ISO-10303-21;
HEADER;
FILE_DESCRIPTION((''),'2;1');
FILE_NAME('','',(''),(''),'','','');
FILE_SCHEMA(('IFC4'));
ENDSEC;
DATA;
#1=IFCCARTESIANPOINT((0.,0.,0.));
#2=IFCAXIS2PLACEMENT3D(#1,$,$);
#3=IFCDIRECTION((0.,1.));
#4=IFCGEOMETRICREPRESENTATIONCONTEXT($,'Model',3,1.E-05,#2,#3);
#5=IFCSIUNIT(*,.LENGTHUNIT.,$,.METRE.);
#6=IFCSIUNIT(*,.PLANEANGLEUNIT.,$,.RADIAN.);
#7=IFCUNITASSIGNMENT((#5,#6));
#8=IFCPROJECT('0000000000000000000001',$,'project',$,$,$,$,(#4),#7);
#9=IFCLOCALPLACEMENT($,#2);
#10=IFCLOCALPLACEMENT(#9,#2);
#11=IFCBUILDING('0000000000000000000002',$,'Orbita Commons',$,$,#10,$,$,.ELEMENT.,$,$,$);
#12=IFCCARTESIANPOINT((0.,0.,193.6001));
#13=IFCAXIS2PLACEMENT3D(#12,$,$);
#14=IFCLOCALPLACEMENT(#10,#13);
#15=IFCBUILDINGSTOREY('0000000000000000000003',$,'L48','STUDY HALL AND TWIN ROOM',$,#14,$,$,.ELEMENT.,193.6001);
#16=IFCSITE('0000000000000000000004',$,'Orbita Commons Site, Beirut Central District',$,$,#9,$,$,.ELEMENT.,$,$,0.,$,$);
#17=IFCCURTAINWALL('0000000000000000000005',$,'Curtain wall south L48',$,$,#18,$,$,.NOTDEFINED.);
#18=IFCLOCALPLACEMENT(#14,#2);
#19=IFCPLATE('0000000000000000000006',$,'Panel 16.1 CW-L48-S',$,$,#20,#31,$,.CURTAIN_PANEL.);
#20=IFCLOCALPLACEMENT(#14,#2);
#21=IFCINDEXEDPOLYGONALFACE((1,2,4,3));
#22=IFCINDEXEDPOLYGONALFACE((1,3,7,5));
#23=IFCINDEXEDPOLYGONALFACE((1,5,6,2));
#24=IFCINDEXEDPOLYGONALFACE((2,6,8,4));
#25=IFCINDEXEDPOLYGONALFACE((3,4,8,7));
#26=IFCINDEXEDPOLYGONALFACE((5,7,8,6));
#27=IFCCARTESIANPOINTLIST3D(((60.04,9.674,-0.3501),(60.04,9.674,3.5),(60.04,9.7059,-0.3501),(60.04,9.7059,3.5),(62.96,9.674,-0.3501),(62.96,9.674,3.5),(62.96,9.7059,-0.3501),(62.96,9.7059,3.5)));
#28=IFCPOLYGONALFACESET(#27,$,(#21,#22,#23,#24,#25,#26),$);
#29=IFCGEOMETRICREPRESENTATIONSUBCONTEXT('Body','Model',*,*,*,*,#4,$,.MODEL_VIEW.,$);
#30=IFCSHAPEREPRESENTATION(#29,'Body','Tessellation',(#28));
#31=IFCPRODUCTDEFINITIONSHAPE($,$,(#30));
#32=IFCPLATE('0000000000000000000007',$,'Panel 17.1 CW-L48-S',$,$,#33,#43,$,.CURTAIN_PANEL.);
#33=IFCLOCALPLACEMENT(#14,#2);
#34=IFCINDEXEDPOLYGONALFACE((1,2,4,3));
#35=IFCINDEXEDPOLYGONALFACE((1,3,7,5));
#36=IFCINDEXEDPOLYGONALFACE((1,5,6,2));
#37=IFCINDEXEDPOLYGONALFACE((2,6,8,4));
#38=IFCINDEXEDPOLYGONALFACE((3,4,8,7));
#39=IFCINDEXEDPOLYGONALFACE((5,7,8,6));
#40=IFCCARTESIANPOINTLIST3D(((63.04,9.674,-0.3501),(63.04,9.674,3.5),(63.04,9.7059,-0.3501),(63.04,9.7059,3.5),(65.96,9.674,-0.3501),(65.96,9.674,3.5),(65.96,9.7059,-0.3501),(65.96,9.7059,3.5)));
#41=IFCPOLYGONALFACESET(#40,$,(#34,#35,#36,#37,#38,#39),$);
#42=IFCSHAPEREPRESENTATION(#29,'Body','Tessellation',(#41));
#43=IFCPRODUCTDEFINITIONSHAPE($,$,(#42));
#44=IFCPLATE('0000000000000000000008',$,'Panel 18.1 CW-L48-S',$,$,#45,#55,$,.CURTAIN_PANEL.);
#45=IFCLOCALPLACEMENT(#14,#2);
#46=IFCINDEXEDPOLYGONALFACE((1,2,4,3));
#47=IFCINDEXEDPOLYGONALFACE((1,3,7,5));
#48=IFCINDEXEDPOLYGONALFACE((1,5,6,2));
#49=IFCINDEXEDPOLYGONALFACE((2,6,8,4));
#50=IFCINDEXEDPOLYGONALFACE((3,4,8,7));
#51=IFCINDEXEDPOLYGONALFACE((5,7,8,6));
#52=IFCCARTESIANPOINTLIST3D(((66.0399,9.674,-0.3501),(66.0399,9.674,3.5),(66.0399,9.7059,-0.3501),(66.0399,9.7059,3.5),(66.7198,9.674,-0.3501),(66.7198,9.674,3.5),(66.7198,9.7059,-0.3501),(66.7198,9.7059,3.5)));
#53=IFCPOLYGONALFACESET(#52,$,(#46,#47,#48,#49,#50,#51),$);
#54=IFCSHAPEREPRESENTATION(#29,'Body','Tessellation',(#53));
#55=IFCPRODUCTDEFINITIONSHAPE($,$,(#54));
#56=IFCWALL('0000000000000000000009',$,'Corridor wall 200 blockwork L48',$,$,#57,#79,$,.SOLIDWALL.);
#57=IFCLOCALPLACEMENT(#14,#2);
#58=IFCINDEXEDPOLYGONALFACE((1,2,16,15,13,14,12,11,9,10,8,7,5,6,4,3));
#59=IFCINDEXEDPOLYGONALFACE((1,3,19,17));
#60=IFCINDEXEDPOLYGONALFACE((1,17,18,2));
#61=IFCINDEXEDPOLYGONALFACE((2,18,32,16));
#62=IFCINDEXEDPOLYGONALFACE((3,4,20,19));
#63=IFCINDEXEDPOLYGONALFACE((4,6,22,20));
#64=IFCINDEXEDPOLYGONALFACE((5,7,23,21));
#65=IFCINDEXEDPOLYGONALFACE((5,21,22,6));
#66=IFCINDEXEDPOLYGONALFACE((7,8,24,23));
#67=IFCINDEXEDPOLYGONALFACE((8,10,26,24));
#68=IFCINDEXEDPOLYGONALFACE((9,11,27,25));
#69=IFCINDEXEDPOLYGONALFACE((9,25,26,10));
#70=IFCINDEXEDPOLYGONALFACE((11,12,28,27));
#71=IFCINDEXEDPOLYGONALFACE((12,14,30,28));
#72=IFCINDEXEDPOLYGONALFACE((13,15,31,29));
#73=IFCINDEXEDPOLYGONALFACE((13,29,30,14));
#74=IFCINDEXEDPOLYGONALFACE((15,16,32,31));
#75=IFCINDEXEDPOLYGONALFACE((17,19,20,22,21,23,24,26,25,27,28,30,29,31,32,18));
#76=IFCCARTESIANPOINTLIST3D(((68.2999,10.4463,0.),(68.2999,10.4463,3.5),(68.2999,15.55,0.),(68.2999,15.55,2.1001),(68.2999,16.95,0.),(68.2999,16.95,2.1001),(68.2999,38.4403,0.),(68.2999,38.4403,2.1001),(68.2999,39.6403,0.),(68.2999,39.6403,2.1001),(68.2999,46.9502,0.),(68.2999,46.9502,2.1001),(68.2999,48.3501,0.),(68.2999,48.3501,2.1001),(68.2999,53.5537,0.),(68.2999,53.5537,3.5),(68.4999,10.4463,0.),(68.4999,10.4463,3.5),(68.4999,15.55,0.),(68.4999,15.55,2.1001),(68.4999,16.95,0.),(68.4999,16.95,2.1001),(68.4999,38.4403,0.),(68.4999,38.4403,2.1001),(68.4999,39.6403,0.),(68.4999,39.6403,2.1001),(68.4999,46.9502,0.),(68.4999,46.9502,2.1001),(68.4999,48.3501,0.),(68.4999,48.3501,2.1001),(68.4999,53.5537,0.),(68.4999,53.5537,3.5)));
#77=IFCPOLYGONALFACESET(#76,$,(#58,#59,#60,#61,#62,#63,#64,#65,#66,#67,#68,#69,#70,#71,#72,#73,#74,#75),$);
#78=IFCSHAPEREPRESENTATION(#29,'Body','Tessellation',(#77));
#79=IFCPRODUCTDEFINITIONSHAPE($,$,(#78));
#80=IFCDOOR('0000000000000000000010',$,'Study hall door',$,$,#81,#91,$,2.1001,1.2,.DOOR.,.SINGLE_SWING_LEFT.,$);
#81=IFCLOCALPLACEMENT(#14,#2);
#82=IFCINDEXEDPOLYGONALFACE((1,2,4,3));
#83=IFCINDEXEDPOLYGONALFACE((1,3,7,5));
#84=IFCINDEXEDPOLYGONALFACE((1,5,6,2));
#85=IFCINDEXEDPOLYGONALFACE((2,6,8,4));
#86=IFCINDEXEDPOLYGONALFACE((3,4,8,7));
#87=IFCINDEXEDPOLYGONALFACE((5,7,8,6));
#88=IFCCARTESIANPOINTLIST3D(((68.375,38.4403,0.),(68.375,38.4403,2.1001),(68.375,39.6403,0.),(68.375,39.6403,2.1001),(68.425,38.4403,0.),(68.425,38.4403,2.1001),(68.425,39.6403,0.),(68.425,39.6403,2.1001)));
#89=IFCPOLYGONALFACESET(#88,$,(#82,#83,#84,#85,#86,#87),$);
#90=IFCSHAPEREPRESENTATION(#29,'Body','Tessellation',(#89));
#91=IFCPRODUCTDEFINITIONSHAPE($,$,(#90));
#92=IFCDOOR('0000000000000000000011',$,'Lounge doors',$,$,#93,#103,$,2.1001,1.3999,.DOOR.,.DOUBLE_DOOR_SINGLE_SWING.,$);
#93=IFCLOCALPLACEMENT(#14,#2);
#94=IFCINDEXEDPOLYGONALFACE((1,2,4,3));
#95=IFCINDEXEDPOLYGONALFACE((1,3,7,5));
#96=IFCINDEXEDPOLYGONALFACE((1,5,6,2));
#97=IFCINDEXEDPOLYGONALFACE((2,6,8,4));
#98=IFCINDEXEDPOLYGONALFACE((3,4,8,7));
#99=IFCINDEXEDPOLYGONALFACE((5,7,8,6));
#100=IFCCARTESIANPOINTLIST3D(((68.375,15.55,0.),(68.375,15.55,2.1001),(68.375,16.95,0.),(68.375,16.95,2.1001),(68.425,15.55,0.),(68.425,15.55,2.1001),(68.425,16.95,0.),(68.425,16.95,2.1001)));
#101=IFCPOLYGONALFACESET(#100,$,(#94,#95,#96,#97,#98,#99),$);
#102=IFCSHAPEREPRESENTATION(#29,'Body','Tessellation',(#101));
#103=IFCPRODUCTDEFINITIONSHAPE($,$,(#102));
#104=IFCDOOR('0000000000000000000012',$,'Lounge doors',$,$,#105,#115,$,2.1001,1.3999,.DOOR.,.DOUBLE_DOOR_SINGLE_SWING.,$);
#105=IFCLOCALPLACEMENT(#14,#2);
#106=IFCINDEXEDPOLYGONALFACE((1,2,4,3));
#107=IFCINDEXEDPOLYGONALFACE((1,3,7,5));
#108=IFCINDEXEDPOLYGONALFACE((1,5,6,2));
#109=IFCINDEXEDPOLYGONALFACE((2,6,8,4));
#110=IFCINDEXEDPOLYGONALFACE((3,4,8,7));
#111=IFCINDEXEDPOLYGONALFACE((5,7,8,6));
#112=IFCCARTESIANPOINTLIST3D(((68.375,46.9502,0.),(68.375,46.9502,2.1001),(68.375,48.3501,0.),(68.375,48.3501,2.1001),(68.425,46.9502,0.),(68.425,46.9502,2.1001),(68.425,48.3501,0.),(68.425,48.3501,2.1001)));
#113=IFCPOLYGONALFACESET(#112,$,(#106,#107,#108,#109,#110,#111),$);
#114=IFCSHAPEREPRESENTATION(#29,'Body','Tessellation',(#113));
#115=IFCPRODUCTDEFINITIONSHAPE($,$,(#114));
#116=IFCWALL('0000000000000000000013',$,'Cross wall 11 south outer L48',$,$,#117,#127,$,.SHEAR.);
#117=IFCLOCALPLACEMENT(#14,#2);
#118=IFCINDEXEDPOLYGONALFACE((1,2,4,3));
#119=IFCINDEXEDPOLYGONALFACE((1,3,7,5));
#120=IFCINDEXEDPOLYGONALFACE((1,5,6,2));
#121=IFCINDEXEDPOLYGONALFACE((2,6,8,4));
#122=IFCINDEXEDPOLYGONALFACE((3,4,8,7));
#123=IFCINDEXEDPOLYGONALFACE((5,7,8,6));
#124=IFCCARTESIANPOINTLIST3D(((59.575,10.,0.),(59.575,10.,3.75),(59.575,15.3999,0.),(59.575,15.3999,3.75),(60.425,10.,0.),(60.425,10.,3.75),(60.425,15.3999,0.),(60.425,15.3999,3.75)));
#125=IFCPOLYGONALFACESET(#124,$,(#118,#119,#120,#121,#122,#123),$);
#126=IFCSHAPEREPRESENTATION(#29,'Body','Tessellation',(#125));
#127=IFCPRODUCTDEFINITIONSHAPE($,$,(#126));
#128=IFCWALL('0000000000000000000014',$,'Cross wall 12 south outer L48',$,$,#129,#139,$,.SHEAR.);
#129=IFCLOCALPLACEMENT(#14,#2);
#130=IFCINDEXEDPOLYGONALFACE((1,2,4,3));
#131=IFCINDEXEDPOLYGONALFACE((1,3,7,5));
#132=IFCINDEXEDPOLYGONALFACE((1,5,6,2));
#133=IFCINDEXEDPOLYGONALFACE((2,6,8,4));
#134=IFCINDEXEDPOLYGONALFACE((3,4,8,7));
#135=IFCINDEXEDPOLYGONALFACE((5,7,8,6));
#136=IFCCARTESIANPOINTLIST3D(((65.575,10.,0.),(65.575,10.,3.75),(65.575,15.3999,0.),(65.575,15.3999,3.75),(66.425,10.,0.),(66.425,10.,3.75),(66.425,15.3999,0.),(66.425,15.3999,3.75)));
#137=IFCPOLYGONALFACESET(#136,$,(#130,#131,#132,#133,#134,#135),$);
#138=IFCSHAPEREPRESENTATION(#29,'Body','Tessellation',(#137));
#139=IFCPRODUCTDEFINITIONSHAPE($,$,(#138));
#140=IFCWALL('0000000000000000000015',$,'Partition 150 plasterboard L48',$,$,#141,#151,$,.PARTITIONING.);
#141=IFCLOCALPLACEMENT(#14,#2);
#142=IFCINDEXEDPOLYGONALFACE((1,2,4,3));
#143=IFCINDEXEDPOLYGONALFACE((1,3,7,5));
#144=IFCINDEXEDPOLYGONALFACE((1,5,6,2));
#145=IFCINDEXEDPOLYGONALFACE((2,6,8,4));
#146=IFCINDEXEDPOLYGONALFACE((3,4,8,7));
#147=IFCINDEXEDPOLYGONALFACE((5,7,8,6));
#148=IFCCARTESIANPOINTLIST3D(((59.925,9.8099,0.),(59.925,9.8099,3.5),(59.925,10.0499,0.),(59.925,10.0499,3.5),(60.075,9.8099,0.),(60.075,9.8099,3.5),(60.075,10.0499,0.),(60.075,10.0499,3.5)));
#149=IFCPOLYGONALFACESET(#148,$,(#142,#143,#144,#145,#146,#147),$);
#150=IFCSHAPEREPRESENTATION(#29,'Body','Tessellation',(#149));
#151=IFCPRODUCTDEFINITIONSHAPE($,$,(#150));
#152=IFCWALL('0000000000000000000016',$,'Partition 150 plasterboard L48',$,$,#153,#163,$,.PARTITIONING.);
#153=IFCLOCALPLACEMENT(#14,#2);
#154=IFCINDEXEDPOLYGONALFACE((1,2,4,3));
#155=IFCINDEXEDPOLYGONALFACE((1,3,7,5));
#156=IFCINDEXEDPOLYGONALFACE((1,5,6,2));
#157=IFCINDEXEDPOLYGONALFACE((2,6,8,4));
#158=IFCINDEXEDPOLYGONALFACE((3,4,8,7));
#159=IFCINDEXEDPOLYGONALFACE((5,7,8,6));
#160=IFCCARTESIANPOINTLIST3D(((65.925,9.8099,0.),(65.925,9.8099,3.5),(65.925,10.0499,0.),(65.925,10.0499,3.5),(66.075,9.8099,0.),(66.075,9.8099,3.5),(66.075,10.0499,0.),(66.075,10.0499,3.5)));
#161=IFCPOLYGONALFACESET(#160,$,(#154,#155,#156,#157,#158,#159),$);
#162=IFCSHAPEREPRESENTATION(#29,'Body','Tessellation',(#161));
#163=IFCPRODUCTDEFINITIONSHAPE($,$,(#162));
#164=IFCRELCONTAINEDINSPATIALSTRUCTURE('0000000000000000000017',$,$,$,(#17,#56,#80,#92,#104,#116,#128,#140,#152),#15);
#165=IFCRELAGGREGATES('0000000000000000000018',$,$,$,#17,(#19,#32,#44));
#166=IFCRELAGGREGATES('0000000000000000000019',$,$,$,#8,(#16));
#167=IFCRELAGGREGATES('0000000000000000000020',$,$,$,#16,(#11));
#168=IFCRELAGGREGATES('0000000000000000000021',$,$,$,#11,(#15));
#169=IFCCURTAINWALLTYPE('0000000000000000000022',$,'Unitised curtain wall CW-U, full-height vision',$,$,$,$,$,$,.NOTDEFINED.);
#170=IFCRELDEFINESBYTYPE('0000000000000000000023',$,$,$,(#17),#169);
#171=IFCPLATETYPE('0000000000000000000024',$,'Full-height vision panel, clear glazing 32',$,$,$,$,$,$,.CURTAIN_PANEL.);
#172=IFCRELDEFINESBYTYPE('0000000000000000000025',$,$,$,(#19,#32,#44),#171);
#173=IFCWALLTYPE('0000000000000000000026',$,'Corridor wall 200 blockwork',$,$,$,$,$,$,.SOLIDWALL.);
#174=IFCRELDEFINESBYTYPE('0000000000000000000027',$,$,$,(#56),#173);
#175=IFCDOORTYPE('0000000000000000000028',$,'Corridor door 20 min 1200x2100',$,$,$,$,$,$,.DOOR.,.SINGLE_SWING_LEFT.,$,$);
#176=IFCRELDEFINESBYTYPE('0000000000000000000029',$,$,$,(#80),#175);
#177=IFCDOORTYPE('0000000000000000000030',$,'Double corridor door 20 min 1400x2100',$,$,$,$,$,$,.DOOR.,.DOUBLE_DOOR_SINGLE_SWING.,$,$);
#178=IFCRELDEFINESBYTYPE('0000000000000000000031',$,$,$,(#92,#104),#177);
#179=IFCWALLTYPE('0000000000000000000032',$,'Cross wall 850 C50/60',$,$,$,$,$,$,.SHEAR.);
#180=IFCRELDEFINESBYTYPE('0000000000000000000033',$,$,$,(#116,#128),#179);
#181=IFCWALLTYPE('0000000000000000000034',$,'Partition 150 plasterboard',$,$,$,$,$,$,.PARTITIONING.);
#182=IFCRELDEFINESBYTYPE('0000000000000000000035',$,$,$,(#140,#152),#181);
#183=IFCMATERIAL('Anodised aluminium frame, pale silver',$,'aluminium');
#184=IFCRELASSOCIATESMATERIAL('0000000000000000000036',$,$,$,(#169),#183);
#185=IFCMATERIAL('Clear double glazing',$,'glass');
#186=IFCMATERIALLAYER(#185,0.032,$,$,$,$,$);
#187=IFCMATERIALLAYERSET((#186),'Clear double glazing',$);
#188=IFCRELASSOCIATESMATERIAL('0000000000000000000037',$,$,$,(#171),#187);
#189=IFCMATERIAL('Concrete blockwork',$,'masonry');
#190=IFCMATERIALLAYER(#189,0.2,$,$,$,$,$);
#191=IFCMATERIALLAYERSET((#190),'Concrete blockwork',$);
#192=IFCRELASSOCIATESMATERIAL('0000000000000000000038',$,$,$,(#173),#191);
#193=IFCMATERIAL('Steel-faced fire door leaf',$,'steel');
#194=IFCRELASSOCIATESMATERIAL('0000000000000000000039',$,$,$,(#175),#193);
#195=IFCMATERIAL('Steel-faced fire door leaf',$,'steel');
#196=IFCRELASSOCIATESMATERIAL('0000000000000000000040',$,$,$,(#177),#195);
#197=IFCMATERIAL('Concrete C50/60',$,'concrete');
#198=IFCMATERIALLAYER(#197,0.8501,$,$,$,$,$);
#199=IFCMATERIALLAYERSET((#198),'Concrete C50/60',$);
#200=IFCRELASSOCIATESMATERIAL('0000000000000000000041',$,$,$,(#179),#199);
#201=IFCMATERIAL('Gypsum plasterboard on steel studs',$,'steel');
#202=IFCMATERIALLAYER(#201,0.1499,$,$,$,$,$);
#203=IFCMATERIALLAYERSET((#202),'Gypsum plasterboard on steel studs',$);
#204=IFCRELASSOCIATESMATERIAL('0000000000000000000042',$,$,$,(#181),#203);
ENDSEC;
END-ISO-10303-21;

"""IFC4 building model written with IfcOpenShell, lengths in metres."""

from ifc_helpers import new_model, si_unit, direction, frame, frame_2d, origin, origin_2d, place, context, subcontext, project, spatial, rectangle, extrude, material, layer, layer_set, type_object, element, fill, aggregate, save


model = new_model("IFC4")

# Units and contexts
model_context = context("Model", 3, precision=1e-05, world=origin(), true_north=direction((0.0, 1.0)))
body_context = subcontext(model_context, "Body", "Model", "MODEL_VIEW")
ifc_project = project(units=[si_unit("LENGTHUNIT", "METRE"), si_unit("PLANEANGLEUNIT", "RADIAN")], contexts=[model_context])

# Site, building, storey
site_placement = place(None, origin())
site = spatial("IfcSite", under=ifc_project, at=site_placement, Name="Orbita Commons Site, Beirut Central District", CompositionType="ELEMENT", RefElevation=0.0)
building_placement = place(site_placement, origin())
building = spatial("IfcBuilding", under=site, at=building_placement, Name="Orbita Commons", CompositionType="ELEMENT")
storey_placement = place(building_placement, frame((0.0, 0.0, 193.6001)))
storey = spatial("IfcBuildingStorey", under=building, at=storey_placement, Name="L48", Description="STUDY HALL AND TWIN ROOM", CompositionType="ELEMENT", Elevation=193.6001)

# Curtain wall
ifc_material_1 = material(Name="Anodised aluminium frame, pale silver", Category="aluminium")
curtain_wall_type = type_object("IfcCurtainWallType", Name="Unitised curtain wall CW-U, full-height vision", PredefinedType="NOTDEFINED", material=ifc_material_1)
curtain_wall_placement = place(storey_placement, origin())
curtain_wall = element("IfcCurtainWall", 1, at=curtain_wall_placement, inside=storey, type_object=curtain_wall_type, Name="Curtain wall south L48", PredefinedType="NOTDEFINED")

# Plates
ifc_material_2 = material(Name="Clear double glazing", Category="glass")
ifc_layer_1 = layer(ifc_material_2, 0.032)
ifc_layer_set_1 = layer_set([ifc_layer_1], Name="Clear double glazing")
plate_type = type_object("IfcPlateType", Name="Full-height vision panel, clear glazing 32", PredefinedType="CURTAIN_PANEL", material=ifc_layer_set_1)
plate_1_placement = place(storey_placement, frame((61.5, 9.6899, -0.3501), z_axis=(0.0, 0.0, 1.0), x_axis=(1.0, 0.0, 0.0)))
plate_1 = element("IfcPlate", 2, at=plate_1_placement, type_object=plate_type, Name="Panel 16.1 CW-L48-S", PredefinedType="CURTAIN_PANEL", context=body_context, shape_type="SweptSolid", body=[
    extrude(rectangle(XDim=2.9199, YDim=0.032, at=origin_2d()), origin(), (0.0, 0.0, 1.0), 3.8501),
])
plate_2_placement = place(storey_placement, frame((64.5, 9.6899, -0.3501), z_axis=(0.0, 0.0, 1.0), x_axis=(1.0, 0.0, 0.0)))
plate_2 = element("IfcPlate", 3, at=plate_2_placement, type_object=plate_type, Name="Panel 17.1 CW-L48-S", PredefinedType="CURTAIN_PANEL", context=body_context, shape_type="SweptSolid", body=[
    extrude(rectangle(XDim=2.9199, YDim=0.032, at=origin_2d()), origin(), (0.0, 0.0, 1.0), 3.8501),
])
plate_3_placement = place(storey_placement, frame((66.3799, 9.6899, -0.3501), z_axis=(0.0, 0.0, 1.0), x_axis=(1.0, 0.0, 0.0)))
plate_3 = element("IfcPlate", 4, at=plate_3_placement, type_object=plate_type, Name="Panel 18.1 CW-L48-S", PredefinedType="CURTAIN_PANEL", context=body_context, shape_type="SweptSolid", body=[
    extrude(rectangle(XDim=0.6799, YDim=0.032, at=origin_2d()), origin(), (0.0, 0.0, 1.0), 3.8501),
])
aggregate(curtain_wall, [plate_1, plate_2, plate_3])

# Wall, openings, doors
ifc_material_3 = material(Name="Concrete blockwork", Category="masonry")
ifc_layer_2 = layer(ifc_material_3, 0.2)
ifc_layer_set_2 = layer_set([ifc_layer_2], Name="Concrete blockwork")
wall_type_1 = type_object("IfcWallType", Name="Corridor wall 200 blockwork", PredefinedType="SOLIDWALL", material=ifc_layer_set_2)
wall_1_placement = place(storey_placement, frame((68.3999, 10.4463, 0.0), z_axis=(0.0, 0.0, 1.0), x_axis=(0.0, 1.0, 0.0)))
wall_1 = element("IfcWall", 5, at=wall_1_placement, inside=storey, type_object=wall_type_1, Name="Corridor wall 200 blockwork L48", PredefinedType="SOLIDWALL", context=body_context, shape_type="SweptSolid", body=[
    extrude(rectangle(XDim=43.1074, YDim=0.2, at=frame_2d((21.5537, 0.0))), origin(), (0.0, 0.0, 1.0), 3.5),
])
opening_1_placement = place(wall_1_placement, frame((27.9939, 0.0, 0.0)))
opening_1 = element("IfcOpeningElement", 6, at=opening_1_placement, cuts=wall_1, PredefinedType="OPENING", context=body_context, shape_type="SweptSolid", body=[
    extrude(rectangle(XDim=1.2, YDim=2.1001, at=frame_2d((0.6001, 1.05))), frame((0.0, 0.1099, 0.0), z_axis=(0.0, -1.0, 0.0), x_axis=(1.0, 0.0, 0.0)), (0.0, 0.0, 1.0), 0.22),
])
opening_2_placement = place(wall_1_placement, frame((5.1038, 0.0, 0.0)))
opening_2 = element("IfcOpeningElement", 7, at=opening_2_placement, cuts=wall_1, PredefinedType="OPENING", context=body_context, shape_type="SweptSolid", body=[
    extrude(rectangle(XDim=1.3999, YDim=2.1001, at=frame_2d((0.7, 1.05))), frame((0.0, 0.1099, 0.0), z_axis=(0.0, -1.0, 0.0), x_axis=(1.0, 0.0, 0.0)), (0.0, 0.0, 1.0), 0.22),
])
opening_3_placement = place(wall_1_placement, frame((36.5039, 0.0, 0.0)))
opening_3 = element("IfcOpeningElement", 8, at=opening_3_placement, cuts=wall_1, PredefinedType="OPENING", context=body_context, shape_type="SweptSolid", body=[
    extrude(rectangle(XDim=1.3999, YDim=2.1001, at=frame_2d((0.7, 1.05))), frame((0.0, 0.1099, 0.0), z_axis=(0.0, -1.0, 0.0), x_axis=(1.0, 0.0, 0.0)), (0.0, 0.0, 1.0), 0.22),
])
ifc_material_4 = material(Name="Steel-faced fire door leaf", Category="steel")
door_type_1 = type_object("IfcDoorType", Name="Corridor door 20 min 1200x2100", OperationType="SINGLE_SWING_LEFT", PredefinedType="DOOR", material=ifc_material_4)
door_1_placement = place(opening_1_placement, origin())
door_1 = element("IfcDoor", 9, at=door_1_placement, inside=storey, type_object=door_type_1, Name="Study hall door", OperationType="SINGLE_SWING_LEFT", OverallHeight=2.1001, OverallWidth=1.2, PredefinedType="DOOR", context=body_context, shape_type="SweptSolid", body=[
    extrude(rectangle(XDim=1.2, YDim=2.1001, at=frame_2d((0.6001, 1.05))), frame((0.0, 0.0249, 0.0), z_axis=(0.0, -1.0, 0.0), x_axis=(1.0, 0.0, 0.0)), (0.0, 0.0, 1.0), 0.05),
])
fill(opening_1, door_1)
ifc_material_5 = material(Name="Steel-faced fire door leaf", Category="steel")
door_type_2 = type_object("IfcDoorType", Name="Double corridor door 20 min 1400x2100", OperationType="DOUBLE_DOOR_SINGLE_SWING", PredefinedType="DOOR", material=ifc_material_5)
door_2_placement = place(opening_2_placement, origin())
door_2 = element("IfcDoor", 10, at=door_2_placement, inside=storey, type_object=door_type_2, Name="Lounge doors", OperationType="DOUBLE_DOOR_SINGLE_SWING", OverallHeight=2.1001, OverallWidth=1.3999, PredefinedType="DOOR", context=body_context, shape_type="SweptSolid", body=[
    extrude(rectangle(XDim=1.3999, YDim=2.1001, at=frame_2d((0.7, 1.05))), frame((0.0, 0.0249, 0.0), z_axis=(0.0, -1.0, 0.0), x_axis=(1.0, 0.0, 0.0)), (0.0, 0.0, 1.0), 0.05),
])
fill(opening_2, door_2)
door_3_placement = place(opening_3_placement, origin())
door_3 = element("IfcDoor", 11, at=door_3_placement, inside=storey, type_object=door_type_2, Name="Lounge doors", OperationType="DOUBLE_DOOR_SINGLE_SWING", OverallHeight=2.1001, OverallWidth=1.3999, PredefinedType="DOOR", context=body_context, shape_type="SweptSolid", body=[
    extrude(rectangle(XDim=1.3999, YDim=2.1001, at=frame_2d((0.7, 1.05))), frame((0.0, 0.0249, 0.0), z_axis=(0.0, -1.0, 0.0), x_axis=(1.0, 0.0, 0.0)), (0.0, 0.0, 1.0), 0.05),
])
fill(opening_3, door_3)

# Walls
ifc_material_6 = material(Name="Concrete C50/60", Category="concrete")
ifc_layer_3 = layer(ifc_material_6, 0.8501)
ifc_layer_set_3 = layer_set([ifc_layer_3], Name="Concrete C50/60")
wall_type_2 = type_object("IfcWallType", Name="Cross wall 850 C50/60", PredefinedType="SHEAR", material=ifc_layer_set_3)
for number, where, z_axis, x_axis, name in (
    (12, (60.0, 10.0, 0.0), (0.0, 0.0, 1.0), (0.0, 1.0, 0.0), "Cross wall 11 south outer L48"),
    (13, (66.0, 10.0, 0.0), (0.0, 0.0, 1.0), (0.0, 1.0, 0.0), "Cross wall 12 south outer L48"),
):
    element("IfcWall", number, at=place(storey_placement, frame(where, z_axis=z_axis, x_axis=x_axis)), inside=storey, type_object=wall_type_2, Name=name, PredefinedType="SHEAR", context=body_context, shape_type="SweptSolid", body=[
        extrude(rectangle(XDim=5.3999, YDim=0.8501, at=frame_2d((2.7, 0.0))), origin(), (0.0, 0.0, 1.0), 3.75),
    ])
ifc_material_7 = material(Name="Gypsum plasterboard on steel studs", Category="steel")
ifc_layer_4 = layer(ifc_material_7, 0.1499)
ifc_layer_set_4 = layer_set([ifc_layer_4], Name="Gypsum plasterboard on steel studs")
wall_type_3 = type_object("IfcWallType", Name="Partition 150 plasterboard", PredefinedType="PARTITIONING", material=ifc_layer_set_4)
for number, where, z_axis, x_axis, name in (
    (14, (60.0, 10.05, 0.0), (0.0, 0.0, 1.0), (0.0, -1.0, 0.0), "Partition 150 plasterboard L48"),
    (15, (66.0, 10.05, 0.0), (0.0, 0.0, 1.0), (0.0, -1.0, 0.0), "Partition 150 plasterboard L48"),
):
    element("IfcWall", number, at=place(storey_placement, frame(where, z_axis=z_axis, x_axis=x_axis)), inside=storey, type_object=wall_type_3, Name=name, PredefinedType="PARTITIONING", context=body_context, shape_type="SweptSolid", body=[
        extrude(rectangle(XDim=0.24, YDim=0.1499, at=frame_2d((0.1201, 0.0))), origin(), (0.0, 0.0, 1.0), 3.5),
    ])

save(model, "model.ifc")
